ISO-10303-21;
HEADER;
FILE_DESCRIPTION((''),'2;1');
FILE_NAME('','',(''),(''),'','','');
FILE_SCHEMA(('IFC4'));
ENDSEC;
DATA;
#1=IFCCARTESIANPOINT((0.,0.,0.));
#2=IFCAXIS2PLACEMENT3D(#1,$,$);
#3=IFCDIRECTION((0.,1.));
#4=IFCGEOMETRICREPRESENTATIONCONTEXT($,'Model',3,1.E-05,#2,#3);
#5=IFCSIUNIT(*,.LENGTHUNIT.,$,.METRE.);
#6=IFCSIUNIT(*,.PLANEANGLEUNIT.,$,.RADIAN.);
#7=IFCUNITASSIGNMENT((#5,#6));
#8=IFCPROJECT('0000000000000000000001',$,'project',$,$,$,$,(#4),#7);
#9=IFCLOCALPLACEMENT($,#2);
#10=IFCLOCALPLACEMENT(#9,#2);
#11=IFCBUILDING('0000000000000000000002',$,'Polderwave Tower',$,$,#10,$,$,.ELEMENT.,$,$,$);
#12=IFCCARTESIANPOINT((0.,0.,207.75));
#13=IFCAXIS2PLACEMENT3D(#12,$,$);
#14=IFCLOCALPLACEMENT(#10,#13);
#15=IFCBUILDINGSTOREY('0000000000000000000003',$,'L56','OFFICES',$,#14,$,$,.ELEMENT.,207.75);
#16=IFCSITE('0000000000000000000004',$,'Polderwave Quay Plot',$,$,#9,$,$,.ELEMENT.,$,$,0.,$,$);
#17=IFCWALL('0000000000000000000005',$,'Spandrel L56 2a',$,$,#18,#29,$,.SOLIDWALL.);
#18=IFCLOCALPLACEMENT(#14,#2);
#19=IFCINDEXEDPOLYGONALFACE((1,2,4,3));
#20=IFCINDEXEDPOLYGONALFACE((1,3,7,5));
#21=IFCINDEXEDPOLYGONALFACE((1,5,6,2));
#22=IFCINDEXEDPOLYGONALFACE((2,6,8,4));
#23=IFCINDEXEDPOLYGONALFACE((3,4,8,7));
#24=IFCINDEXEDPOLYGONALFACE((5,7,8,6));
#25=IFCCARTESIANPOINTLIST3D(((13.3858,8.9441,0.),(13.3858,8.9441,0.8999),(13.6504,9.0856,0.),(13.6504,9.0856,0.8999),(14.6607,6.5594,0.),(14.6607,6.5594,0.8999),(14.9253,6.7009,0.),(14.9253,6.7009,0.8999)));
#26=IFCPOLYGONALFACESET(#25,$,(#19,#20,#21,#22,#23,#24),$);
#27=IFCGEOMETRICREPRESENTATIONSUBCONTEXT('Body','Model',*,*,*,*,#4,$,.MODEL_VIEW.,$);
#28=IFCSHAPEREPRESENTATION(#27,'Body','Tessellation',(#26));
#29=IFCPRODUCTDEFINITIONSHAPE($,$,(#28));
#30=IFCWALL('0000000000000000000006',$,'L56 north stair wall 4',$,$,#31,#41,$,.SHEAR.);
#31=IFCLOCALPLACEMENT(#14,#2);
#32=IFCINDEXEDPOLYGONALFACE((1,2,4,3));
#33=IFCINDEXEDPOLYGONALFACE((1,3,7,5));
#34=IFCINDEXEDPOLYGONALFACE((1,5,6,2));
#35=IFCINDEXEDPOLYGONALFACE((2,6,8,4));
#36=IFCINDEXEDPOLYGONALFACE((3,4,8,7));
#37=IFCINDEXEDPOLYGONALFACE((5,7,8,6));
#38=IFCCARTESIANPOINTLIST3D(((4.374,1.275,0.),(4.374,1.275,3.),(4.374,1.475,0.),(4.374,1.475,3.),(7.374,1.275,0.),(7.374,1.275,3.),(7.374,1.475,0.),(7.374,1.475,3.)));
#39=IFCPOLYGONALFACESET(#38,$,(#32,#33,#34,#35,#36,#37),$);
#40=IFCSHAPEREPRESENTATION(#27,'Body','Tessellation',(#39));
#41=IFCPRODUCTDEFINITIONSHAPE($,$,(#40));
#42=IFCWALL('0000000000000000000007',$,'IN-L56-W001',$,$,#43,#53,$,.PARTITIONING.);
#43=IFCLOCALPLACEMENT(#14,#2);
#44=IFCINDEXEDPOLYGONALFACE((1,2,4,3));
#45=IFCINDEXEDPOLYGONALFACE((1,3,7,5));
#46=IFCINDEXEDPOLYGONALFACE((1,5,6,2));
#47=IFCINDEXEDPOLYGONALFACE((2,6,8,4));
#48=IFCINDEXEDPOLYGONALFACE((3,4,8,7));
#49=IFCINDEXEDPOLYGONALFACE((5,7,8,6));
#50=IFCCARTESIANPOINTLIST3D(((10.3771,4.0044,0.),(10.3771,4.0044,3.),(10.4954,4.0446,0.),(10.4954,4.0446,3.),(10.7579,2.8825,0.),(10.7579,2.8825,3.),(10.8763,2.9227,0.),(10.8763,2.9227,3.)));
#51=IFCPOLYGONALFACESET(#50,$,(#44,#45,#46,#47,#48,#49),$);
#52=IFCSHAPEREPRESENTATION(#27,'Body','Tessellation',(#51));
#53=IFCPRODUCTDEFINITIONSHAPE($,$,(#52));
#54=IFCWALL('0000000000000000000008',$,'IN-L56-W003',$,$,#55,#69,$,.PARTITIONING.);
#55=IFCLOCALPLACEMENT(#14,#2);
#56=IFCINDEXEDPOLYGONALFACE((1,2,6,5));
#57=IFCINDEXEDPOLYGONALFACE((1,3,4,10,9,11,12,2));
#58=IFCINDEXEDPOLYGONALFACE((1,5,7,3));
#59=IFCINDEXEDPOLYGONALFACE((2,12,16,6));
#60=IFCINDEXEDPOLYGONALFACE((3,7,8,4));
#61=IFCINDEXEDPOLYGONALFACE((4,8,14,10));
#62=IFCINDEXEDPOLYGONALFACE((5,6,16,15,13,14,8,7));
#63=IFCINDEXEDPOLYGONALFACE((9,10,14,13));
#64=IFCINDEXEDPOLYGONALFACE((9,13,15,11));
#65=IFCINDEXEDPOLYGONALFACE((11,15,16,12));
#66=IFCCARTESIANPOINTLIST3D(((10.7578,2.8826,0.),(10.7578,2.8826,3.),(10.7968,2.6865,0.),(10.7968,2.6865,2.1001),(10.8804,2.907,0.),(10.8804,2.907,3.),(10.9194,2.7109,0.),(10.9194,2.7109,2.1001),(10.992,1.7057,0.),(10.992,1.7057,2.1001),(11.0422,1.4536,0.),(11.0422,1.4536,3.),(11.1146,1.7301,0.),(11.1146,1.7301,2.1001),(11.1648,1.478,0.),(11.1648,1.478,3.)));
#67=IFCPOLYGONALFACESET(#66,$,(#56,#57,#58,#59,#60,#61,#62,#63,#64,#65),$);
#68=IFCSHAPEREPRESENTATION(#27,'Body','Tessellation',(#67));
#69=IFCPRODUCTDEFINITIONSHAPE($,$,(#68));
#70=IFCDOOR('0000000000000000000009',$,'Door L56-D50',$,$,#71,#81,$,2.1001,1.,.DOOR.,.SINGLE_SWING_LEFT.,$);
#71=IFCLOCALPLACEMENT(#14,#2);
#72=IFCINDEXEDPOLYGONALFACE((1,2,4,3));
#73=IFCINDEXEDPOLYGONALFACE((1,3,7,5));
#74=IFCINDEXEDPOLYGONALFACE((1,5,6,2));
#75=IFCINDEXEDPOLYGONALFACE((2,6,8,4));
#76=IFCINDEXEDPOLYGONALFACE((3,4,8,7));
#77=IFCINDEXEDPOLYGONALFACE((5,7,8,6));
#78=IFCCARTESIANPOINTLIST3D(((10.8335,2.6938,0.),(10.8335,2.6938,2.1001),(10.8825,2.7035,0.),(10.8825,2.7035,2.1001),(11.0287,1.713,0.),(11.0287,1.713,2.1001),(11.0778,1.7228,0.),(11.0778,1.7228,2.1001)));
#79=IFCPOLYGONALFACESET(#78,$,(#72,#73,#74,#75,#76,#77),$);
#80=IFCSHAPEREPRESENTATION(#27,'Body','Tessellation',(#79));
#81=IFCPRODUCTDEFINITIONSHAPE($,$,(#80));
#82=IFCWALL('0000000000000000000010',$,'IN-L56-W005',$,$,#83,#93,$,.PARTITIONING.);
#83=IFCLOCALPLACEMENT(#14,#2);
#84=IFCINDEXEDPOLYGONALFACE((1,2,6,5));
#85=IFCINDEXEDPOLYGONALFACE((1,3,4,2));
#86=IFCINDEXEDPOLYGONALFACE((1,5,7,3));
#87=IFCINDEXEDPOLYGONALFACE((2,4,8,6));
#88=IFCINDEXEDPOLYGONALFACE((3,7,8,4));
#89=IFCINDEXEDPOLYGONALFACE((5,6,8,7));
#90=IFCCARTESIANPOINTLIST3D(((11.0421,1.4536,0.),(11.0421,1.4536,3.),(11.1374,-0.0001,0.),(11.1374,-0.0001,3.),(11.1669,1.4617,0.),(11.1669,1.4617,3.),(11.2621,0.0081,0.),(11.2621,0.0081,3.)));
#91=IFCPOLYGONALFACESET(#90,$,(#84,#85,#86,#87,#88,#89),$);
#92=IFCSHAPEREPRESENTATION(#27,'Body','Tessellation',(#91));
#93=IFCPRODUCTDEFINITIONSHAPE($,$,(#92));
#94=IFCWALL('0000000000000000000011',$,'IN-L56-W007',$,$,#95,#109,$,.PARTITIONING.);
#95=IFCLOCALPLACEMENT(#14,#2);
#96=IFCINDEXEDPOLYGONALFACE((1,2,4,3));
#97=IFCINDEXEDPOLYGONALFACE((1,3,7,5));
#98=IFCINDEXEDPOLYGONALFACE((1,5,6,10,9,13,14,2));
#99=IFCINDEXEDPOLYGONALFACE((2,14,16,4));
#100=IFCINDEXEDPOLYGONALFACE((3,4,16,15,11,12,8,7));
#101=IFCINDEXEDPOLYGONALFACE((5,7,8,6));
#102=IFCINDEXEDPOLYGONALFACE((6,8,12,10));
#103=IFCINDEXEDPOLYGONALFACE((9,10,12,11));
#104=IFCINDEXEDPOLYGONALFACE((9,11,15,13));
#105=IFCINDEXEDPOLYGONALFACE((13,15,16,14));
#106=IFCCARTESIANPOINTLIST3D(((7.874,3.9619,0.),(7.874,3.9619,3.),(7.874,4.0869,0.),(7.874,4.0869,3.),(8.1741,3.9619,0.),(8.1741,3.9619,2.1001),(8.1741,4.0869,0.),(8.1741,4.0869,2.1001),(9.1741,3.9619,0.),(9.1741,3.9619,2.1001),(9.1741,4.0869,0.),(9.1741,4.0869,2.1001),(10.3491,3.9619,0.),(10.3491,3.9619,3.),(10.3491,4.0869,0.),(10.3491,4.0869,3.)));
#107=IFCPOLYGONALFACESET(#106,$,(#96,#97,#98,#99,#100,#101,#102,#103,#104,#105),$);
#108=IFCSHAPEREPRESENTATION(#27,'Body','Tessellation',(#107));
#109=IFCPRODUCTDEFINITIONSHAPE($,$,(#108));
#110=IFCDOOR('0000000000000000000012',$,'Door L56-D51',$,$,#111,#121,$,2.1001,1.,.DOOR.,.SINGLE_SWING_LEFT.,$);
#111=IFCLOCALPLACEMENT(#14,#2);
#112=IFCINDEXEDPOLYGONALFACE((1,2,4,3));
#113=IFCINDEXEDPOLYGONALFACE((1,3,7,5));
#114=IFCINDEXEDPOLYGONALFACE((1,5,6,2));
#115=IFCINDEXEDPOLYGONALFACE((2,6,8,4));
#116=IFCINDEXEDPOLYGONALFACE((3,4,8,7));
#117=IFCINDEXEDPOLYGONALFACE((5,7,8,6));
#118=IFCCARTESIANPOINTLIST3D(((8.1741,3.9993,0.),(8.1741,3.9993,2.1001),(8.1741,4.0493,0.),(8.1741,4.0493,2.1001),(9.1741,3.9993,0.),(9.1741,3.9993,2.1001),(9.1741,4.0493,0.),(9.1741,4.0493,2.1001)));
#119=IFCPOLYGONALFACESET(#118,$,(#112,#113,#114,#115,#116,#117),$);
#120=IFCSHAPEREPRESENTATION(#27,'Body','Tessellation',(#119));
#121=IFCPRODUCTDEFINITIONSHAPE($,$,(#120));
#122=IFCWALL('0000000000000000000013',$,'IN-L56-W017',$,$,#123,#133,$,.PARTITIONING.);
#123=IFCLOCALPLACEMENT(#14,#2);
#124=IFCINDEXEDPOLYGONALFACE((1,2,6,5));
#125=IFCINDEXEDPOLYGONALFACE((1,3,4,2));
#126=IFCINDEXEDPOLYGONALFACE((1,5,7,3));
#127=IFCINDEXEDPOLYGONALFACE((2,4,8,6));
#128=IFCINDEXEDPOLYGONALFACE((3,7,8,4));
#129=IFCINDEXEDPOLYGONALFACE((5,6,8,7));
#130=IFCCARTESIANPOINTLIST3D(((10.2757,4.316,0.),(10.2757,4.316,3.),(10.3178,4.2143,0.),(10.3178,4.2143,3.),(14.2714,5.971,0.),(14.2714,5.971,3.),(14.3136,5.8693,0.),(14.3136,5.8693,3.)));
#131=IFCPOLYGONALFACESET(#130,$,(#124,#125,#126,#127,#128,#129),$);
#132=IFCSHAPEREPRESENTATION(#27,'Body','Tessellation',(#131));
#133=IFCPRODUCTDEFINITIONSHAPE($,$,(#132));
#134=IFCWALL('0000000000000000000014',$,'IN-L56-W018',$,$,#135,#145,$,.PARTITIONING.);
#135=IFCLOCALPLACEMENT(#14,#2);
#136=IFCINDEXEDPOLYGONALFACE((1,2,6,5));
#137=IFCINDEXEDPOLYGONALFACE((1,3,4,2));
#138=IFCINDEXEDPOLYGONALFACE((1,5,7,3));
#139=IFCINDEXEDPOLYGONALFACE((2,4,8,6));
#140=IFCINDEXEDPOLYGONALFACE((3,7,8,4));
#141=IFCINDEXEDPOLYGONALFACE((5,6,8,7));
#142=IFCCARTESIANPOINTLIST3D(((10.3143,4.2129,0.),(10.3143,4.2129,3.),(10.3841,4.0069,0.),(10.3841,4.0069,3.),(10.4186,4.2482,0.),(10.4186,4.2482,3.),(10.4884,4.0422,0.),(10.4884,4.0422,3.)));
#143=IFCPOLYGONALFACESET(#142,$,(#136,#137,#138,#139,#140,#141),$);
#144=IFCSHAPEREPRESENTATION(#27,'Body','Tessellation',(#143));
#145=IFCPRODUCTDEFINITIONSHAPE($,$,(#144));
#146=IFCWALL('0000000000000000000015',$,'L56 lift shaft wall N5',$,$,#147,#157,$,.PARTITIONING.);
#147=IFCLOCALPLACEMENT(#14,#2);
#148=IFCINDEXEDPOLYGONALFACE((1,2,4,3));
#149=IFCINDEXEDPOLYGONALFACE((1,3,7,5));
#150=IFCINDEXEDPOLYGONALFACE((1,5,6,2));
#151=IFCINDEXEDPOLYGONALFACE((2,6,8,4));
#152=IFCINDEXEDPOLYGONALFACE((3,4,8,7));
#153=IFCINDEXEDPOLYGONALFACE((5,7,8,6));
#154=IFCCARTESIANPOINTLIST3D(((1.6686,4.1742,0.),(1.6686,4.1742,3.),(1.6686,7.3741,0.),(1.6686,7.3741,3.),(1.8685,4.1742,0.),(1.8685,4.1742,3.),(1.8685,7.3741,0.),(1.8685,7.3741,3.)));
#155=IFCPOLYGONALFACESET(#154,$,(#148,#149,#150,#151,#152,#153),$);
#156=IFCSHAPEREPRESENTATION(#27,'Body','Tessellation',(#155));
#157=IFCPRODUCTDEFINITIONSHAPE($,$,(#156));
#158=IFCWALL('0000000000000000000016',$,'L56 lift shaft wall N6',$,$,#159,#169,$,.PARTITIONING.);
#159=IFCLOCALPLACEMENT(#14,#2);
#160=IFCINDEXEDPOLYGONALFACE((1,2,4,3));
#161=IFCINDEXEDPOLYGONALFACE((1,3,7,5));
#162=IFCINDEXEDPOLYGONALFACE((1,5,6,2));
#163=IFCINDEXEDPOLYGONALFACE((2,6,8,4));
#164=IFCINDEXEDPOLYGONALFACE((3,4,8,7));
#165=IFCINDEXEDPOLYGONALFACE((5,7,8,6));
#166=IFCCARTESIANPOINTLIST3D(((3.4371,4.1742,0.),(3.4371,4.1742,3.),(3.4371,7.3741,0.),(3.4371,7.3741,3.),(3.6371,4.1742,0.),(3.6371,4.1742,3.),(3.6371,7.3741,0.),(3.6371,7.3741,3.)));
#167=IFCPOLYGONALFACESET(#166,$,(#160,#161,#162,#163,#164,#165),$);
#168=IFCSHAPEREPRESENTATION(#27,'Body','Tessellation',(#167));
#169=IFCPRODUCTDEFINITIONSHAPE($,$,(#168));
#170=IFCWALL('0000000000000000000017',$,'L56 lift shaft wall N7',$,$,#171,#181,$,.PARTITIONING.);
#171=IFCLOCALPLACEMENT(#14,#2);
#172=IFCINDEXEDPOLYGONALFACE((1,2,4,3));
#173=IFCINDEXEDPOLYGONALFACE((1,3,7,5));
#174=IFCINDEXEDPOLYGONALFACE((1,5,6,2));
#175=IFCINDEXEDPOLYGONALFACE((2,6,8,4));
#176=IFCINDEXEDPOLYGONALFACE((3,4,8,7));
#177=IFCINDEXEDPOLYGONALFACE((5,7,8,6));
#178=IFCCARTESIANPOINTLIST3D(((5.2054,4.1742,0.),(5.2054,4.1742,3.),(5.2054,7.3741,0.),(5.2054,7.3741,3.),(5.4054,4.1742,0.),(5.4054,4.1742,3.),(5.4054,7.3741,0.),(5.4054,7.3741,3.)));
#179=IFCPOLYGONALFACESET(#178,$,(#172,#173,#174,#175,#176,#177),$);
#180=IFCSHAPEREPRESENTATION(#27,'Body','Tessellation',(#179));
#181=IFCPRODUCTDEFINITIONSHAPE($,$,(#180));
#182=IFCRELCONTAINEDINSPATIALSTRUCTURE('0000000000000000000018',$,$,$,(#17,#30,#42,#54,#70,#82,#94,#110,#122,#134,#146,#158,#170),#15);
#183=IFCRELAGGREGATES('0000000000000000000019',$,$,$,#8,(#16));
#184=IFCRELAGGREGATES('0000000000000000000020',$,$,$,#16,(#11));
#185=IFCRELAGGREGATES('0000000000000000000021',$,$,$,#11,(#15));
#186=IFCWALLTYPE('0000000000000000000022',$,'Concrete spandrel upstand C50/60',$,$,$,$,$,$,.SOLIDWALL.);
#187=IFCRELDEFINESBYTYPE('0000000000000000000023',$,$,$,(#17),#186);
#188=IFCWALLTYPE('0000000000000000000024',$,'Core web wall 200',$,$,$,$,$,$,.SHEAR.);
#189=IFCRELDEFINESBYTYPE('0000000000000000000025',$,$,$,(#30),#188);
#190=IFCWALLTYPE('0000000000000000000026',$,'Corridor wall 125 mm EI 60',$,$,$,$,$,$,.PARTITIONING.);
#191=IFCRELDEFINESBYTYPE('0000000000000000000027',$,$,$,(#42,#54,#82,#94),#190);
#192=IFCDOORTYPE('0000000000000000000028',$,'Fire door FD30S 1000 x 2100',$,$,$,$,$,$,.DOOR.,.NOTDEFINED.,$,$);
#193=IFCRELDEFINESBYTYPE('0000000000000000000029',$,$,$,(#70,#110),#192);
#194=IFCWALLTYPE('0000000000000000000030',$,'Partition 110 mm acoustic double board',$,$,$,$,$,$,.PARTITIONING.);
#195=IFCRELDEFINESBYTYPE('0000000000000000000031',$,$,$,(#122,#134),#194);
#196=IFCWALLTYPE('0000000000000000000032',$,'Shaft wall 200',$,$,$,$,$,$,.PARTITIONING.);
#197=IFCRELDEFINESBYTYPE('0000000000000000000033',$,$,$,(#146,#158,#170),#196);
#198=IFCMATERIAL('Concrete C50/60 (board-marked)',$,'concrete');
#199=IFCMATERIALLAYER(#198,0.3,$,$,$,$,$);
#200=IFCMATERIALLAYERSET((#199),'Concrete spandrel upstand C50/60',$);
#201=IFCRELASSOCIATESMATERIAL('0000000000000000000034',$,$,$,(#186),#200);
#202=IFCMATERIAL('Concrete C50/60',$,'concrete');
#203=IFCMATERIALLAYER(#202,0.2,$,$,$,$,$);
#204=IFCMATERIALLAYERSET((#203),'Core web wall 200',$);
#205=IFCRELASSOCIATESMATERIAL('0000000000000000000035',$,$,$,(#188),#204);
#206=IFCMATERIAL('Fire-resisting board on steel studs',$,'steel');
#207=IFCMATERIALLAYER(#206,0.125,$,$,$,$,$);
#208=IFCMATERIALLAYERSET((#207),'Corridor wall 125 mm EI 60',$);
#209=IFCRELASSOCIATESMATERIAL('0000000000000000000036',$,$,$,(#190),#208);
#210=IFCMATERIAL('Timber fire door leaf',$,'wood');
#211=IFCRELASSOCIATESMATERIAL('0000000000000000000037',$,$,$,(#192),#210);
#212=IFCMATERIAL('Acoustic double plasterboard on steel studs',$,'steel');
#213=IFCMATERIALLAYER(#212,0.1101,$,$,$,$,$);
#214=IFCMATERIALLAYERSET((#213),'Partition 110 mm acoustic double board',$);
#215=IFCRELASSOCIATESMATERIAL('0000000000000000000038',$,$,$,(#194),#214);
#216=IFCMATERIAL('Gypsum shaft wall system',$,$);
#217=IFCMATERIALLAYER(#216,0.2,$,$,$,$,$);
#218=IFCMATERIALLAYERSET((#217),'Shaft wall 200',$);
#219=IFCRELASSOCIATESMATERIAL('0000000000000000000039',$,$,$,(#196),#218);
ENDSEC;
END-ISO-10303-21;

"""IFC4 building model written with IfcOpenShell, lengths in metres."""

from ifc_helpers import new_model, si_unit, direction, frame, frame_2d, origin, place, context, subcontext, project, spatial, rectangle, extrude, material, layer, layer_set, type_object, element, fill, save


model = new_model("IFC4")

# Units and contexts
model_context = context("Model", 3, precision=1e-05, world=origin(), true_north=direction((0.0, 1.0)))
body_context = subcontext(model_context, "Body", "Model", "MODEL_VIEW")
ifc_project = project(units=[si_unit("LENGTHUNIT", "METRE"), si_unit("PLANEANGLEUNIT", "RADIAN")], contexts=[model_context])

# Site, building, storey
site_placement = place(None, origin())
site = spatial("IfcSite", under=ifc_project, at=site_placement, Name="Polderwave Quay Plot", CompositionType="ELEMENT", RefElevation=0.0)
building_placement = place(site_placement, origin())
building = spatial("IfcBuilding", under=site, at=building_placement, Name="Polderwave Tower", CompositionType="ELEMENT")
storey_placement = place(building_placement, frame((0.0, 0.0, 207.75)))
storey = spatial("IfcBuildingStorey", under=building, at=storey_placement, Name="L56", Description="OFFICES", CompositionType="ELEMENT", Elevation=207.75)

# Walls
ifc_material_1 = material(Name="Concrete C50/60 (board-marked)", Category="concrete")
ifc_layer_1 = layer(ifc_material_1, 0.3)
ifc_layer_set_1 = layer_set([ifc_layer_1], Name="Concrete spandrel upstand C50/60")
wall_type_1 = type_object("IfcWallType", Name="Concrete spandrel upstand C50/60", PredefinedType="SOLIDWALL", material=ifc_layer_set_1)
wall_1_placement = place(storey_placement, frame((14.793, 6.6301, 0.0), z_axis=(0.0, 0.0, 1.0), x_axis=(-0.47146, 0.881888, 0.0)))
element("IfcWall", 1, at=wall_1_placement, inside=storey, type_object=wall_type_1, Name="Spandrel L56 2a", PredefinedType="SOLIDWALL", context=body_context, shape_type="SweptSolid", body=[
    extrude(rectangle(XDim=2.7041, YDim=0.3, at=frame_2d((1.3521, 0.0))), origin(), (0.0, 0.0, 1.0), 0.8999),
])
ifc_material_2 = material(Name="Concrete C50/60", Category="concrete")
ifc_layer_2 = layer(ifc_material_2, 0.2)
ifc_layer_set_2 = layer_set([ifc_layer_2], Name="Core web wall 200")
wall_type_2 = type_object("IfcWallType", Name="Core web wall 200", PredefinedType="SHEAR", material=ifc_layer_set_2)
wall_2_placement = place(storey_placement, frame((4.374, 1.375, 0.0), z_axis=(0.0, 0.0, 1.0), x_axis=(1.0, 0.0, 0.0)))
element("IfcWall", 2, at=wall_2_placement, inside=storey, type_object=wall_type_2, Name="L56 north stair wall 4", PredefinedType="SHEAR", context=body_context, shape_type="SweptSolid", body=[
    extrude(rectangle(XDim=3.0, YDim=0.2, at=frame_2d((1.5, 0.0))), origin(), (0.0, 0.0, 1.0), 3.0),
])
ifc_material_3 = material(Name="Fire-resisting board on steel studs", Category="steel")
ifc_layer_3 = layer(ifc_material_3, 0.125)
ifc_layer_set_3 = layer_set([ifc_layer_3], Name="Corridor wall 125 mm EI 60")
wall_type_3 = type_object("IfcWallType", Name="Corridor wall 125 mm EI 60", PredefinedType="PARTITIONING", material=ifc_layer_set_3)
wall_3_placement = place(storey_placement, frame((10.4363, 4.0244, 0.0), z_axis=(0.0, 0.0, 1.0), x_axis=(0.321478, -0.946917, 0.0)))
element("IfcWall", 3, at=wall_3_placement, inside=storey, type_object=wall_type_3, Name="IN-L56-W001", PredefinedType="PARTITIONING", context=body_context, shape_type="SweptSolid", body=[
    extrude(rectangle(XDim=1.1848, YDim=0.125, at=frame_2d((0.5923, 0.0))), origin(), (0.0, 0.0, 1.0), 3.0),
])

# Wall, opening, door
wall_4_placement = place(storey_placement, frame((10.8191, 2.8948, 0.0), z_axis=(0.0, 0.0, 1.0), x_axis=(0.195214, -0.980761, 0.0)))
wall_4 = element("IfcWall", 4, at=wall_4_placement, inside=storey, type_object=wall_type_3, Name="IN-L56-W003", PredefinedType="PARTITIONING", context=body_context, shape_type="SweptSolid", body=[
    extrude(rectangle(XDim=1.457, YDim=0.125, at=frame_2d((0.7285, 0.0))), origin(), (0.0, 0.0, 1.0), 3.0),
])
opening_1_placement = place(wall_4_placement, frame((0.2, 0.0, 0.0)))
opening_1 = element("IfcOpeningElement", 5, at=opening_1_placement, cuts=wall_4, PredefinedType="OPENING", context=body_context, shape_type="SweptSolid", body=[
    extrude(rectangle(XDim=1.0, YDim=2.1001, at=frame_2d((0.5, 1.05))), frame((0.0, 0.0725, 0.0), z_axis=(0.0, -1.0, 0.0), x_axis=(1.0, 0.0, 0.0)), (0.0, 0.0, 1.0), 0.145),
])
ifc_material_4 = material(Name="Timber fire door leaf", Category="wood")
door_type = type_object("IfcDoorType", Name="Fire door FD30S 1000 x 2100", OperationType="NOTDEFINED", PredefinedType="DOOR", material=ifc_material_4)
door_1_placement = place(opening_1_placement, origin())
door_1 = element("IfcDoor", 6, at=door_1_placement, inside=storey, type_object=door_type, Name="Door L56-D50", OperationType="SINGLE_SWING_LEFT", OverallHeight=2.1001, OverallWidth=1.0, PredefinedType="DOOR", context=body_context, shape_type="SweptSolid", body=[
    extrude(rectangle(XDim=1.0, YDim=2.1001, at=frame_2d((0.5, 1.05))), frame((0.0, 0.0249, 0.0), z_axis=(0.0, -1.0, 0.0), x_axis=(1.0, 0.0, 0.0)), (0.0, 0.0, 1.0), 0.05),
])
fill(opening_1, door_1)

# Wall
wall_5_placement = place(storey_placement, frame((11.1045, 1.4578, 0.0), z_axis=(0.0, 0.0, 1.0), x_axis=(0.065362, -0.997862, 0.0)))
element("IfcWall", 7, at=wall_5_placement, inside=storey, type_object=wall_type_3, Name="IN-L56-W005", PredefinedType="PARTITIONING", context=body_context, shape_type="SweptSolid", body=[
    extrude(rectangle(XDim=1.4568, YDim=0.125, at=frame_2d((0.7285, 0.0))), origin(), (0.0, 0.0, 1.0), 3.0),
])

# Wall, opening, door
wall_6_placement = place(storey_placement, frame((7.874, 4.0244, 0.0), z_axis=(0.0, 0.0, 1.0), x_axis=(1.0, 0.0, 0.0)))
wall_6 = element("IfcWall", 8, at=wall_6_placement, inside=storey, type_object=wall_type_3, Name="IN-L56-W007", PredefinedType="PARTITIONING", context=body_context, shape_type="SweptSolid", body=[
    extrude(rectangle(XDim=2.4751, YDim=0.125, at=frame_2d((1.2375, 0.0))), origin(), (0.0, 0.0, 1.0), 3.0),
])
opening_2_placement = place(wall_6_placement, frame((0.3, 0.0, 0.0)))
opening_2 = element("IfcOpeningElement", 9, at=opening_2_placement, cuts=wall_6, PredefinedType="OPENING", context=body_context, shape_type="SweptSolid", body=[
    extrude(rectangle(XDim=1.0, YDim=2.1001, at=frame_2d((0.5, 1.05))), frame((0.0, 0.0725, 0.0), z_axis=(0.0, -1.0, 0.0), x_axis=(1.0, 0.0, 0.0)), (0.0, 0.0, 1.0), 0.145),
])
door_2_placement = place(opening_2_placement, origin())
door_2 = element("IfcDoor", 10, at=door_2_placement, inside=storey, type_object=door_type, Name="Door L56-D51", OperationType="SINGLE_SWING_LEFT", OverallHeight=2.1001, OverallWidth=1.0, PredefinedType="DOOR", context=body_context, shape_type="SweptSolid", body=[
    extrude(rectangle(XDim=1.0, YDim=2.1001, at=frame_2d((0.5, 1.05))), frame((0.0, 0.0249, 0.0), z_axis=(0.0, -1.0, 0.0), x_axis=(1.0, 0.0, 0.0)), (0.0, 0.0, 1.0), 0.05),
])
fill(opening_2, door_2)

# Walls
ifc_material_5 = material(Name="Acoustic double plasterboard on steel studs", Category="steel")
ifc_layer_4 = layer(ifc_material_5, 0.1101)
ifc_layer_set_4 = layer_set([ifc_layer_4], Name="Partition 110 mm acoustic double board")
wall_type_4 = type_object("IfcWallType", Name="Partition 110 mm acoustic double board", PredefinedType="PARTITIONING", material=ifc_layer_set_4)
wall_7_placement = place(storey_placement, frame((10.2966, 4.2651, 0.0), z_axis=(0.0, 0.0, 1.0), x_axis=(0.923888, 0.382663, 0.0)))
element("IfcWall", 11, at=wall_7_placement, inside=storey, type_object=wall_type_4, Name="IN-L56-W017", PredefinedType="PARTITIONING", context=body_context, shape_type="SweptSolid", body=[
    extrude(rectangle(XDim=4.325, YDim=0.1101, at=frame_2d((2.1626, 0.0))), origin(), (0.0, 0.0, 1.0), 3.0),
])
wall_8_placement = place(storey_placement, frame((10.4363, 4.0244, 0.0), z_axis=(0.0, 0.0, 1.0), x_axis=(-0.320937, 0.947101, 0.0)))
element("IfcWall", 12, at=wall_8_placement, inside=storey, type_object=wall_type_4, Name="IN-L56-W018", PredefinedType="PARTITIONING", context=body_context, shape_type="SweptSolid", body=[
    extrude(rectangle(XDim=0.2175, YDim=0.1101, at=frame_2d((0.1089, 0.0))), origin(), (0.0, 0.0, 1.0), 3.0),
])
ifc_material_6 = material(Name="Gypsum shaft wall system")
ifc_layer_5 = layer(ifc_material_6, 0.2)
ifc_layer_set_5 = layer_set([ifc_layer_5], Name="Shaft wall 200")
wall_type_5 = type_object("IfcWallType", Name="Shaft wall 200", PredefinedType="PARTITIONING", material=ifc_layer_set_5)
for number, where, z_axis, x_axis, name in (
    (13, (1.7686, 4.1741, 0.0), (0.0, 0.0, 1.0), (0.0, 1.0, 0.0), "L56 lift shaft wall N5"),
    (14, (3.5371, 4.1741, 0.0), (0.0, 0.0, 1.0), (0.0, 1.0, 0.0), "L56 lift shaft wall N6"),
    (15, (5.3054, 4.1741, 0.0), (0.0, 0.0, 1.0), (0.0, 1.0, 0.0), "L56 lift shaft wall N7"),
):
    element("IfcWall", number, at=place(storey_placement, frame(where, z_axis=z_axis, x_axis=x_axis)), inside=storey, type_object=wall_type_5, Name=name, PredefinedType="PARTITIONING", context=body_context, shape_type="SweptSolid", body=[
        extrude(rectangle(XDim=3.2, YDim=0.2, at=frame_2d((1.6001, 0.0))), origin(), (0.0, 0.0, 1.0), 3.0),
    ])

save(model, "model.ifc")
